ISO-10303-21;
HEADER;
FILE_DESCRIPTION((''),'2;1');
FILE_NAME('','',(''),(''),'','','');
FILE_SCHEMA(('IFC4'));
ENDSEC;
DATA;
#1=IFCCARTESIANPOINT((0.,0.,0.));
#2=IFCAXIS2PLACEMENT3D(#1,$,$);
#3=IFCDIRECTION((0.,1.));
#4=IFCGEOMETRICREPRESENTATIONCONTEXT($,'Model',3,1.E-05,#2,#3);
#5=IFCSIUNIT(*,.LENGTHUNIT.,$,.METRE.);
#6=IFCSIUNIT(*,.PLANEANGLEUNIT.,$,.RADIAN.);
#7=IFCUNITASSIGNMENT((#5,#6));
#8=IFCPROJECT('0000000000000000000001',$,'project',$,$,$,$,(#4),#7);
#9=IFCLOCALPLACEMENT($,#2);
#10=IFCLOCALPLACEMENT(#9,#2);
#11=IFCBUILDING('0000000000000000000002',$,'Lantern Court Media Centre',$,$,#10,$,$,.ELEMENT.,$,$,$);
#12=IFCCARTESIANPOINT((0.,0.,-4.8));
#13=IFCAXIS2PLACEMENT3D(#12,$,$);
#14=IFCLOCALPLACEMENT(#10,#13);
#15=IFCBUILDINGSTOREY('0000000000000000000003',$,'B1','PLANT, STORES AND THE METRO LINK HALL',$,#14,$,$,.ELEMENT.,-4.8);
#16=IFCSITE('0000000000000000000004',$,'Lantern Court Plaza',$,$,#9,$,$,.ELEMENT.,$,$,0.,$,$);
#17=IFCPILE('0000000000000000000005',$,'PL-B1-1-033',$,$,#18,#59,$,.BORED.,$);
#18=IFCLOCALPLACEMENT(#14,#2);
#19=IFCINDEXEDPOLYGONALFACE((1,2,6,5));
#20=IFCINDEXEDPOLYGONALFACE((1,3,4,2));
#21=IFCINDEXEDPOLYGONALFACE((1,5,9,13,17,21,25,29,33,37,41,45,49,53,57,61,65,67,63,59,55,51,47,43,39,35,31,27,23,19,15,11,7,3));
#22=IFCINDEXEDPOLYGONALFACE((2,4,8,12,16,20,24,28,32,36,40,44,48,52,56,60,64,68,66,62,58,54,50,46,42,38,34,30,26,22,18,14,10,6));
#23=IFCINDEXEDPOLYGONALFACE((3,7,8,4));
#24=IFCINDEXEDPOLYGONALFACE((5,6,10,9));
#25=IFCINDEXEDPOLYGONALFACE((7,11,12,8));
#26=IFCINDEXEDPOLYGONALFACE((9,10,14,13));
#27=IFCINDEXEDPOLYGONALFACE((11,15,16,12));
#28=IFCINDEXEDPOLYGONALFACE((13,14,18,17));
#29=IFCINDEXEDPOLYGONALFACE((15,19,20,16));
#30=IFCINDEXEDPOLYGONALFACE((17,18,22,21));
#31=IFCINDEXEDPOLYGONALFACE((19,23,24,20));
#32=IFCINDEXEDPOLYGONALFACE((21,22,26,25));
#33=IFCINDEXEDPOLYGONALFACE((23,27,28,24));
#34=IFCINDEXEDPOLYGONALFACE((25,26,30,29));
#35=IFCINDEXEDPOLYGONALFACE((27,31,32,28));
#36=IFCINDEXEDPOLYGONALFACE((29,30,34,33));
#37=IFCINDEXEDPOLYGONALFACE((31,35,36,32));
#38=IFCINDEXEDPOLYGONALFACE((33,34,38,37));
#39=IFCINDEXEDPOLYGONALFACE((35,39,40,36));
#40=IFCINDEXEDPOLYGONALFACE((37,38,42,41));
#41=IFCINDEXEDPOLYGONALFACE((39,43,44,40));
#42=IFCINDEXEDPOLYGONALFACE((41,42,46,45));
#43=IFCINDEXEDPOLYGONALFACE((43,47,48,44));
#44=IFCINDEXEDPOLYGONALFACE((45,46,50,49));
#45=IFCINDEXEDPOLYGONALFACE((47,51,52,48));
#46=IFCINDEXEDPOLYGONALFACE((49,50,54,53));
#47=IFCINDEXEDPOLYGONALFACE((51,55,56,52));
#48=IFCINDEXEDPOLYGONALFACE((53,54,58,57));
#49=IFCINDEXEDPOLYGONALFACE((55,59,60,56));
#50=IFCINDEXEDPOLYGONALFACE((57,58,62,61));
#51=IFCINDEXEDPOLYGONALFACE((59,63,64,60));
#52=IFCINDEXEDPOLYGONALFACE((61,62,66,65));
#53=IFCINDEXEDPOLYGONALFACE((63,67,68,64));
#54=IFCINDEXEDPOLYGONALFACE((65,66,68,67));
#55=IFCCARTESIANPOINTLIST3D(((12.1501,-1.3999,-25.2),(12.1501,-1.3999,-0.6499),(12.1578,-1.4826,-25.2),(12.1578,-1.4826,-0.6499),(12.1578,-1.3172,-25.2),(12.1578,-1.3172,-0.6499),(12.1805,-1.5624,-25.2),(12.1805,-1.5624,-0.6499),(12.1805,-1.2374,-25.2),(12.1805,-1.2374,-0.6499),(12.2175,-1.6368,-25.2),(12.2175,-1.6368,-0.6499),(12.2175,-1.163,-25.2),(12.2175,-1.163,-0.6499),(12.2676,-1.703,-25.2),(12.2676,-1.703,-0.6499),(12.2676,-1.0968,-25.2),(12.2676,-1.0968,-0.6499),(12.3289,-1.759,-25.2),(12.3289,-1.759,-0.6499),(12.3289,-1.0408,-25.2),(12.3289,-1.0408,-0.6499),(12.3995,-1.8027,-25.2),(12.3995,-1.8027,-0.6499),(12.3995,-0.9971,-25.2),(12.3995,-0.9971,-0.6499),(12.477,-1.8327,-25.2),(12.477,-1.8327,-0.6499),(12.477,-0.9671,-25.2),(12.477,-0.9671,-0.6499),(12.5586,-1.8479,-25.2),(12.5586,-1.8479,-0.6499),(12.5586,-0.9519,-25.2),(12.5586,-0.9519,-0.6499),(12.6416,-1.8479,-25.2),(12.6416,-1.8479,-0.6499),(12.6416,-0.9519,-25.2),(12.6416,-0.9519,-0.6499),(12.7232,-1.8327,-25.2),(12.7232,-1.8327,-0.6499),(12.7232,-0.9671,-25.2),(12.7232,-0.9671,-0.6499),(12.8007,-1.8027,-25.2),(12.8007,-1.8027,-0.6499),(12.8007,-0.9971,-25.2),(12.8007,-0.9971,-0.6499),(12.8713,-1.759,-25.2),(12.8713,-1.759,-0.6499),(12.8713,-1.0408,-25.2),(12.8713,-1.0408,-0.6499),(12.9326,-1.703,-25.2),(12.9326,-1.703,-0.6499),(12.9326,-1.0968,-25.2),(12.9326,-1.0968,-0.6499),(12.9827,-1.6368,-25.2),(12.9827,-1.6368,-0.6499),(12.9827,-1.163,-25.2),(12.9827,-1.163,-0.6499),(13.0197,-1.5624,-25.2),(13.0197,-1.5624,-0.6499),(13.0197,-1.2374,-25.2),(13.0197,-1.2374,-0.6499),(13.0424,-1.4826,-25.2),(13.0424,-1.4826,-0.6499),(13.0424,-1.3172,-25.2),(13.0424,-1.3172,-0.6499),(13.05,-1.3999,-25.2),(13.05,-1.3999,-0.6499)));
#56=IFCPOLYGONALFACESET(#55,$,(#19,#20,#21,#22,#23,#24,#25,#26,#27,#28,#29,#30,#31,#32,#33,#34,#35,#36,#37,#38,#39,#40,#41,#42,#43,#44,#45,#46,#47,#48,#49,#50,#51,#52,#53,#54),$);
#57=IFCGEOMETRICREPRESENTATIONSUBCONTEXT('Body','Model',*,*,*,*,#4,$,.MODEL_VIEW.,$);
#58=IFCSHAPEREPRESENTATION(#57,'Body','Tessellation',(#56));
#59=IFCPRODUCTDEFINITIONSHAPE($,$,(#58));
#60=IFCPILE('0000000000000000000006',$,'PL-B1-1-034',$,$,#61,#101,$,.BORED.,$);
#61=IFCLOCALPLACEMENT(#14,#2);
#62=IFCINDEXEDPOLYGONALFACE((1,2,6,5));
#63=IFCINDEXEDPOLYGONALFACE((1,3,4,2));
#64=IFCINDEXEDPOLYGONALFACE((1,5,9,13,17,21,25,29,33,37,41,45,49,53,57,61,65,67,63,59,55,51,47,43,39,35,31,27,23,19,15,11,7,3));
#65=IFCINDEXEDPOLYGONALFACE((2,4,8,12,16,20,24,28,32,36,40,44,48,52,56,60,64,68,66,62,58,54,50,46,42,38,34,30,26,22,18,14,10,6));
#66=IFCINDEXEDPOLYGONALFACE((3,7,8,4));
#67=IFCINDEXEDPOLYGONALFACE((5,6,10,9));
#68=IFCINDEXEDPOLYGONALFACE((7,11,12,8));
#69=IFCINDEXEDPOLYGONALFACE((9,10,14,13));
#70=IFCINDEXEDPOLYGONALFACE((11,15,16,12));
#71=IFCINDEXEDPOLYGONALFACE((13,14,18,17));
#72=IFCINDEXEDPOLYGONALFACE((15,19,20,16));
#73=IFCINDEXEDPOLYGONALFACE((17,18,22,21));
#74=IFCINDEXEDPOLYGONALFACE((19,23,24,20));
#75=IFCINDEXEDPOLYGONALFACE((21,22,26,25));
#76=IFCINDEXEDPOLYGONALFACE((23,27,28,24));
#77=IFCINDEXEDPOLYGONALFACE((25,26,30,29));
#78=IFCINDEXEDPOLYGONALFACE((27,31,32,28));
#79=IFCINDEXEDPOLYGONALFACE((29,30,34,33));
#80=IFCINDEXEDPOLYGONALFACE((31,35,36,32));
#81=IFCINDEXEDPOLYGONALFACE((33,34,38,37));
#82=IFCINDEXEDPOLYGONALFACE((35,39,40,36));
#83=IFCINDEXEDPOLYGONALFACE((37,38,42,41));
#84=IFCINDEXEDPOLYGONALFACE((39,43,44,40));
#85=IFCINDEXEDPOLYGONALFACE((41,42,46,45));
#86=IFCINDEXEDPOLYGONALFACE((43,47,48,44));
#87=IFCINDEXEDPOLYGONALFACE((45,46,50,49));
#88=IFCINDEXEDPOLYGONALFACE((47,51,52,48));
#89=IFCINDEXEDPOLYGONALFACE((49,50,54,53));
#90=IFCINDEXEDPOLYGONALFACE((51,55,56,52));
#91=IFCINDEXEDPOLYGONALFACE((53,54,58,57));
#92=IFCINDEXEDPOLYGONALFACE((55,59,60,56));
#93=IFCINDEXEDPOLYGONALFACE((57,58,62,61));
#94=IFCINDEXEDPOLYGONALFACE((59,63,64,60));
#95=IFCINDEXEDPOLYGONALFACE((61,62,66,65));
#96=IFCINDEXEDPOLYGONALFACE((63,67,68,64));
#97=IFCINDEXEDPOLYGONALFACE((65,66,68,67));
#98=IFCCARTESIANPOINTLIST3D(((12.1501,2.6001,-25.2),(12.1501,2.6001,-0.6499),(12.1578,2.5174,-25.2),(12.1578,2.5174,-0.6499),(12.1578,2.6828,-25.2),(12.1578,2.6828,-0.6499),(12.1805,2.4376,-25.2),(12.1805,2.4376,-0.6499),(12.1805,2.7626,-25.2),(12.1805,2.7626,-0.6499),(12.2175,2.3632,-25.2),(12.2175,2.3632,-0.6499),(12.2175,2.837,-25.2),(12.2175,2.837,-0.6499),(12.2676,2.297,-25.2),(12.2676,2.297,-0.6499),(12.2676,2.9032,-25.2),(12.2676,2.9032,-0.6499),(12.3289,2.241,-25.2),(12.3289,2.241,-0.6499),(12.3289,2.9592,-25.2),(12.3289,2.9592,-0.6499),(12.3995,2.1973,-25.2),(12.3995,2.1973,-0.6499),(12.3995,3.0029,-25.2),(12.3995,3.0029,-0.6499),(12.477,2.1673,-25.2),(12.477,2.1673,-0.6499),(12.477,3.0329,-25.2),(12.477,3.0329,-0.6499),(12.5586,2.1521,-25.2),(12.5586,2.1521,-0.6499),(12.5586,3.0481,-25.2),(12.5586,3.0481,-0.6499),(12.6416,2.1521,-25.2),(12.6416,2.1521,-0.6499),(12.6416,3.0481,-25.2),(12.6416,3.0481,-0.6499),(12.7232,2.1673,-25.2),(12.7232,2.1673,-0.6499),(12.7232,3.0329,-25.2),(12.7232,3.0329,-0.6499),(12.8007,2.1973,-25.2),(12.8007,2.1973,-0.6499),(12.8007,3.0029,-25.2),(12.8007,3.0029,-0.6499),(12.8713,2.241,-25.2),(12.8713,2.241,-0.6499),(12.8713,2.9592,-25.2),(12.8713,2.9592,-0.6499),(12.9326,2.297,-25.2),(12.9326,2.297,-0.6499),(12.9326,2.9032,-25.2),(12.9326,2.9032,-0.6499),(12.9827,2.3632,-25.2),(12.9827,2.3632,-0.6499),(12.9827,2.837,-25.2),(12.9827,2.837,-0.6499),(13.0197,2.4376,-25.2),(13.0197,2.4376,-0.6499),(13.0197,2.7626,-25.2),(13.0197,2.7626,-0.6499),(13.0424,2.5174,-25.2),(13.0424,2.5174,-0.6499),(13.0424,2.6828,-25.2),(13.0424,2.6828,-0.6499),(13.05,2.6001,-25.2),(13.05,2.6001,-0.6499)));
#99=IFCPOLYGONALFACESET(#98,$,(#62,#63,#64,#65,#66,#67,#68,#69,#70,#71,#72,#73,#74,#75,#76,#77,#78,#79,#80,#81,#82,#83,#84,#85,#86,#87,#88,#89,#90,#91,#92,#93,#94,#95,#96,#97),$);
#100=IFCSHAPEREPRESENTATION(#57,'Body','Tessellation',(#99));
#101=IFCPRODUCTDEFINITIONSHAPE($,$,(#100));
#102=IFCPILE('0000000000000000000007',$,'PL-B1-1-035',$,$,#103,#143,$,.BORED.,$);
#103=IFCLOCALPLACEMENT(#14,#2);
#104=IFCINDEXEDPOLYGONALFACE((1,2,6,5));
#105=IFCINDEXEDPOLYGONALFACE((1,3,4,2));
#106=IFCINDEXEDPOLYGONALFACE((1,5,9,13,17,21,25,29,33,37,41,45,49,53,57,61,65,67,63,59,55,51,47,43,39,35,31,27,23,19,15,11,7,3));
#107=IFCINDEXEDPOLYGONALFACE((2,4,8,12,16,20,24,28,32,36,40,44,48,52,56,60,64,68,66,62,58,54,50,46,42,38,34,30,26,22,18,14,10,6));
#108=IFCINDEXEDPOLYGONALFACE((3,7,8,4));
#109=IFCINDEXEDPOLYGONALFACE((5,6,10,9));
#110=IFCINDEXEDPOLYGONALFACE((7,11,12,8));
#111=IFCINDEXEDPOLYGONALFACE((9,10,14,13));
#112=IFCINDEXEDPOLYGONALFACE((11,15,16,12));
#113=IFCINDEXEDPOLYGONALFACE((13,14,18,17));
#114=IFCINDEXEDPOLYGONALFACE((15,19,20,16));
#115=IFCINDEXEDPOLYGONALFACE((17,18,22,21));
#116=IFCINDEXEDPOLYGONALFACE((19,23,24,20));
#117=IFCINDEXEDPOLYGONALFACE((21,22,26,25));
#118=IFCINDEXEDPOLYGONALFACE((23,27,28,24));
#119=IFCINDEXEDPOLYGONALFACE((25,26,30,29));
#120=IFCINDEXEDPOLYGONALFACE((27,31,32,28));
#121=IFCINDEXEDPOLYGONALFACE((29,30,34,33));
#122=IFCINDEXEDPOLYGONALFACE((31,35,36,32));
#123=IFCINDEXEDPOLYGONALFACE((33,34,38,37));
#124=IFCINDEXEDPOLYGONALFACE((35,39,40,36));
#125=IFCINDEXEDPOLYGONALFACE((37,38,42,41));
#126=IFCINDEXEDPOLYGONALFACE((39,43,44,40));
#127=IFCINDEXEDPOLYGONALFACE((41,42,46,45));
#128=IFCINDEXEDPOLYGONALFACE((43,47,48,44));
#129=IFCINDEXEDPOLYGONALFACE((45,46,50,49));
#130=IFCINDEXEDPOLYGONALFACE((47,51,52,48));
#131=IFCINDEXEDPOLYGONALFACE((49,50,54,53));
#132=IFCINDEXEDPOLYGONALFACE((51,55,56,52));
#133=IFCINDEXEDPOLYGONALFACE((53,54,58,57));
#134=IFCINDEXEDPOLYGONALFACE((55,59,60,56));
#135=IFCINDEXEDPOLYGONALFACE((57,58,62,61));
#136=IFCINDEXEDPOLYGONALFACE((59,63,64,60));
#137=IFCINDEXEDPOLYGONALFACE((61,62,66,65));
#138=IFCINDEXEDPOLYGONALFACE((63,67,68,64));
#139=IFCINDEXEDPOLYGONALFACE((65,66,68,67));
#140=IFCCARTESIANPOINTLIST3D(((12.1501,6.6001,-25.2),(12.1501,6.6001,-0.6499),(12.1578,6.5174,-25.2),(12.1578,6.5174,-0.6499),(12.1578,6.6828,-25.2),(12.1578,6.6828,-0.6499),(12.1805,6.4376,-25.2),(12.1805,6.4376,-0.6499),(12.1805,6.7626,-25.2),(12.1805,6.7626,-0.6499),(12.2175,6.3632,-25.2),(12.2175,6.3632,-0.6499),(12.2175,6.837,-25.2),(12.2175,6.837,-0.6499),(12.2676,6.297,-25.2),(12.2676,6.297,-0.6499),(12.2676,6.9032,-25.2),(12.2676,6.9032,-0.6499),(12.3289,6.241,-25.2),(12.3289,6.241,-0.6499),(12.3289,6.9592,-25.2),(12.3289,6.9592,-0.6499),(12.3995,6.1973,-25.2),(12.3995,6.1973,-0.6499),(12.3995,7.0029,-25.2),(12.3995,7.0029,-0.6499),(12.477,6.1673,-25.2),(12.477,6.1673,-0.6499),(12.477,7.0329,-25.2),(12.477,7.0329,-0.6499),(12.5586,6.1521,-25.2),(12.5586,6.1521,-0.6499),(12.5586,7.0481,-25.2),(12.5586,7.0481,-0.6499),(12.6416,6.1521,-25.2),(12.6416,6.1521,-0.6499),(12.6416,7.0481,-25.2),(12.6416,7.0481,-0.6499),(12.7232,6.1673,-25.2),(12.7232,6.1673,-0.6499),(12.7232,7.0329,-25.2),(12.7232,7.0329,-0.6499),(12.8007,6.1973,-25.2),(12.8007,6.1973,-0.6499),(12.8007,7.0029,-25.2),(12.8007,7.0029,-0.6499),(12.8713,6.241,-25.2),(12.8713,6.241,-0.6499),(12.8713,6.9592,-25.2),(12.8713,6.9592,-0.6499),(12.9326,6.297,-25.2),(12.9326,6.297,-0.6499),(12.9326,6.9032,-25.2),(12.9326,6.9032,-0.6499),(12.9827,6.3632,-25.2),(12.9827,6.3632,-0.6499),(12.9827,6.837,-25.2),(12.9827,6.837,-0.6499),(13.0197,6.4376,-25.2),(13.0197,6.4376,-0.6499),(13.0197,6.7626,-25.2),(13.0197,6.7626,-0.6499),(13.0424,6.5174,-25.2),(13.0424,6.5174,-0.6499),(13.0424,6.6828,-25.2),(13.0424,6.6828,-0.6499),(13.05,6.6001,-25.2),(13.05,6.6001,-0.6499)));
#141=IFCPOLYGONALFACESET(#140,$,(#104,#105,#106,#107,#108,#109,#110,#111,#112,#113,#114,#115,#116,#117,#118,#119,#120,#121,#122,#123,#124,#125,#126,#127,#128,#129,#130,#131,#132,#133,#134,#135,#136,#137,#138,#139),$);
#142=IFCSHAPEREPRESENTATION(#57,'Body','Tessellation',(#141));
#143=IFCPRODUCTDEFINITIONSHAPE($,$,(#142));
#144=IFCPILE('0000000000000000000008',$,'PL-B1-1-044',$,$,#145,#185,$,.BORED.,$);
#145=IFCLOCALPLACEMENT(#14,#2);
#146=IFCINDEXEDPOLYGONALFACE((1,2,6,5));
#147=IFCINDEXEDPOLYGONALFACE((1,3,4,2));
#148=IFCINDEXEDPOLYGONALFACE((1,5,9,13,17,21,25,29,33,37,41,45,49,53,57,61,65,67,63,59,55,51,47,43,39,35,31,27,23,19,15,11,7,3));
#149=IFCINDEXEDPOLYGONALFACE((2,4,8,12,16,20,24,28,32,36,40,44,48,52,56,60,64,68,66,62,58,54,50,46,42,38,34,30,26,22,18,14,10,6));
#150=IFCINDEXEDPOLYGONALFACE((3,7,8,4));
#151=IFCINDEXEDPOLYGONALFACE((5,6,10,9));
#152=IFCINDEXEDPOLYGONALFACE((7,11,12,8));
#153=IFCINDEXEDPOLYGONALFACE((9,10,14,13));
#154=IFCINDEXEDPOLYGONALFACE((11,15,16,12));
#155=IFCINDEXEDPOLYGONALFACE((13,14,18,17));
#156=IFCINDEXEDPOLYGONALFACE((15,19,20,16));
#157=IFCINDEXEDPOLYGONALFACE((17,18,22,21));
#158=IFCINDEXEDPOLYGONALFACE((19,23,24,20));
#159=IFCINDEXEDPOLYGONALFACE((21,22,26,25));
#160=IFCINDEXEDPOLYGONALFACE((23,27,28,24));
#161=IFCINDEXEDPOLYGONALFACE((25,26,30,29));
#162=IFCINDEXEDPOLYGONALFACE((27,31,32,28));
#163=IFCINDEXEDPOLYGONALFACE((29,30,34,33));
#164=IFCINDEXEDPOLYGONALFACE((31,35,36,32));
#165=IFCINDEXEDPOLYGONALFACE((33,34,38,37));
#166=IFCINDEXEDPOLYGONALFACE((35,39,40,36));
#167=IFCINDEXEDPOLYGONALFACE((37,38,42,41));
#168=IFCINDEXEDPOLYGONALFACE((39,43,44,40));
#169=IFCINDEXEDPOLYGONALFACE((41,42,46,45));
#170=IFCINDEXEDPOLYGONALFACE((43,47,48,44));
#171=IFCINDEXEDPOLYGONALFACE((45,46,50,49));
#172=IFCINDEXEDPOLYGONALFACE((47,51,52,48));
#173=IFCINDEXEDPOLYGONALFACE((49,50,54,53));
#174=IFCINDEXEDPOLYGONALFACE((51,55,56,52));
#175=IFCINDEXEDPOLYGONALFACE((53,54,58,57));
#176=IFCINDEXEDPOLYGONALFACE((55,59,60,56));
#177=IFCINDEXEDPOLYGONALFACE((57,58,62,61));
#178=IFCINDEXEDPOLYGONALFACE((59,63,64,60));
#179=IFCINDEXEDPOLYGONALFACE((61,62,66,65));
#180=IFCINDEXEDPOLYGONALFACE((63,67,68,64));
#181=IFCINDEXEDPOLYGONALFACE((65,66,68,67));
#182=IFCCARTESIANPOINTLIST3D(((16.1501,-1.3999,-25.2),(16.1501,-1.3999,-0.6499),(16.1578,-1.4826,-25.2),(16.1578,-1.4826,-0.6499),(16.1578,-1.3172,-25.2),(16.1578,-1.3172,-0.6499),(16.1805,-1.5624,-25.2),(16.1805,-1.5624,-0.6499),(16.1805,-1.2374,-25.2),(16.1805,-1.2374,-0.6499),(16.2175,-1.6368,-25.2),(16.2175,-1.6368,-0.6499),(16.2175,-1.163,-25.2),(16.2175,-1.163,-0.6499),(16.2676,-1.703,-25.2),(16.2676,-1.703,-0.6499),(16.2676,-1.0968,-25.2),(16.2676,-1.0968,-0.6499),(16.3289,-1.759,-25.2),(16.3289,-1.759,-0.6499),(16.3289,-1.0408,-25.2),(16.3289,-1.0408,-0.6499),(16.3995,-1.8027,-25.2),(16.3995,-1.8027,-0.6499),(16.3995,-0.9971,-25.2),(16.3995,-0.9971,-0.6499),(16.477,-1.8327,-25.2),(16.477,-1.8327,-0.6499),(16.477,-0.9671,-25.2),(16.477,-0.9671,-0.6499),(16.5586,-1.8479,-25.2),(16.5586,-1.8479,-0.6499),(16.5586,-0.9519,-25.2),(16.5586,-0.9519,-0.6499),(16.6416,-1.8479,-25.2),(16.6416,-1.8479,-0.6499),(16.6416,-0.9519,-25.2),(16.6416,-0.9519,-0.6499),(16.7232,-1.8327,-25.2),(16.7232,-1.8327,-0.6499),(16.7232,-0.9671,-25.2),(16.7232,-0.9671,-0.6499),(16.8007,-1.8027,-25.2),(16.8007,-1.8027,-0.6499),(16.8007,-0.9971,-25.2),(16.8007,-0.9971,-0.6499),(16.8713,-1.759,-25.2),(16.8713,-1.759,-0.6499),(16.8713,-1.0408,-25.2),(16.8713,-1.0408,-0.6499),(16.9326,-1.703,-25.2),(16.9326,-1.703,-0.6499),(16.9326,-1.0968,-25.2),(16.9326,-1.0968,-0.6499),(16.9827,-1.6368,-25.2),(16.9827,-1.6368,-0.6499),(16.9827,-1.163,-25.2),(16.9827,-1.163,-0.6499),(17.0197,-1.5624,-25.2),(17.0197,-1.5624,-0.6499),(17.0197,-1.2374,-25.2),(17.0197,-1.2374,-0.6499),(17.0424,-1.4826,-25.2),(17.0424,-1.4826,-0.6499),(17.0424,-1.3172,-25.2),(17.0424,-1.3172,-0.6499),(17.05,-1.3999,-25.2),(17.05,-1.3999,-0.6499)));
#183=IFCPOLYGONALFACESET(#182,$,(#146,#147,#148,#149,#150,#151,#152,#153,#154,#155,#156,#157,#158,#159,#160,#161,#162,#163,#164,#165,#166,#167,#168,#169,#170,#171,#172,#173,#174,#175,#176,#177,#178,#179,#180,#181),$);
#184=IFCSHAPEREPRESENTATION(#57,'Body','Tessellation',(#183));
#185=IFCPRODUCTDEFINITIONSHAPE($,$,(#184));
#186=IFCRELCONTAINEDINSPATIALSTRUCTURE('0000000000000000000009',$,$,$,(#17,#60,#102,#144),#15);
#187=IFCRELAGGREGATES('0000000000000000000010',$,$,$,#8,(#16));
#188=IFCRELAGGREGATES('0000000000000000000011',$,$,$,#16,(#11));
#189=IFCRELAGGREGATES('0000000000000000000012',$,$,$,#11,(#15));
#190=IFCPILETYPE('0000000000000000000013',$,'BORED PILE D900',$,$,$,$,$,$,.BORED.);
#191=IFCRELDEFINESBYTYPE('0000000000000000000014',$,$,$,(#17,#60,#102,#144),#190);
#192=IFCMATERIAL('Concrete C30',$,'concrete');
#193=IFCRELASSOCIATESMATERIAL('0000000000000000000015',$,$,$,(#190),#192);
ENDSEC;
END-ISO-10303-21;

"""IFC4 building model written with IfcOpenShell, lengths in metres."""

from ifc_helpers import new_model, si_unit, direction, frame, origin, origin_2d, place, context, subcontext, project, spatial, circle, extrude, material, material_profile, profile_set, type_object, element, save


model = new_model("IFC4")

# Units and contexts
model_context = context("Model", 3, precision=1e-05, world=origin(), true_north=direction((0.0, 1.0)))
body_context = subcontext(model_context, "Body", "Model", "MODEL_VIEW")
ifc_project = project(units=[si_unit("LENGTHUNIT", "METRE"), si_unit("PLANEANGLEUNIT", "RADIAN")], contexts=[model_context])

# Site, building, storey
site_placement = place(None, origin())
site = spatial("IfcSite", under=ifc_project, at=site_placement, Name="Lantern Court Plaza", CompositionType="ELEMENT", RefElevation=0.0)
building_placement = place(site_placement, origin())
building = spatial("IfcBuilding", under=site, at=building_placement, Name="Lantern Court Media Centre", CompositionType="ELEMENT")
storey_placement = place(building_placement, frame((0.0, 0.0, -4.8)))
storey = spatial("IfcBuildingStorey", under=building, at=storey_placement, Name="B1", Description="PLANT, STORES AND THE METRO LINK HALL", CompositionType="ELEMENT", Elevation=-4.8)

# Piles
ifc_material_1 = material(Name="Concrete C30", Category="concrete")
ifc_material_profile_1 = material_profile(ifc_material_1, circle(Radius=0.45, at=origin_2d()), Name="D900")
ifc_profile_set_1 = profile_set([ifc_material_profile_1], Name="Concrete C30")
pile_type = type_object("IfcPileType", Name="BORED PILE D900", PredefinedType="BORED", material=ifc_profile_set_1)
for number, where, z_axis, x_axis, name in (
    (1, (12.6001, -1.3999, -0.6499), (0.0, 0.0, -1.0), (1.0, 0.0, 0.0), "PL-B1-1-033"),
    (2, (12.6001, 2.6001, -0.6499), (0.0, 0.0, -1.0), (1.0, 0.0, 0.0), "PL-B1-1-034"),
    (3, (12.6001, 6.6001, -0.6499), (0.0, 0.0, -1.0), (1.0, 0.0, 0.0), "PL-B1-1-035"),
    (4, (16.6001, -1.3999, -0.6499), (0.0, 0.0, -1.0), (1.0, 0.0, 0.0), "PL-B1-1-044"),
):
    element("IfcPile", number, at=place(storey_placement, frame(where, z_axis=z_axis, x_axis=x_axis)), inside=storey, type_object=pile_type, Name=name, PredefinedType="BORED", context=body_context, shape_type="SweptSolid", body=[
        extrude(circle(Radius=0.45, at=origin_2d()), origin(), (0.0, 0.0, 1.0), 24.55),
    ])

save(model, "model.ifc")
